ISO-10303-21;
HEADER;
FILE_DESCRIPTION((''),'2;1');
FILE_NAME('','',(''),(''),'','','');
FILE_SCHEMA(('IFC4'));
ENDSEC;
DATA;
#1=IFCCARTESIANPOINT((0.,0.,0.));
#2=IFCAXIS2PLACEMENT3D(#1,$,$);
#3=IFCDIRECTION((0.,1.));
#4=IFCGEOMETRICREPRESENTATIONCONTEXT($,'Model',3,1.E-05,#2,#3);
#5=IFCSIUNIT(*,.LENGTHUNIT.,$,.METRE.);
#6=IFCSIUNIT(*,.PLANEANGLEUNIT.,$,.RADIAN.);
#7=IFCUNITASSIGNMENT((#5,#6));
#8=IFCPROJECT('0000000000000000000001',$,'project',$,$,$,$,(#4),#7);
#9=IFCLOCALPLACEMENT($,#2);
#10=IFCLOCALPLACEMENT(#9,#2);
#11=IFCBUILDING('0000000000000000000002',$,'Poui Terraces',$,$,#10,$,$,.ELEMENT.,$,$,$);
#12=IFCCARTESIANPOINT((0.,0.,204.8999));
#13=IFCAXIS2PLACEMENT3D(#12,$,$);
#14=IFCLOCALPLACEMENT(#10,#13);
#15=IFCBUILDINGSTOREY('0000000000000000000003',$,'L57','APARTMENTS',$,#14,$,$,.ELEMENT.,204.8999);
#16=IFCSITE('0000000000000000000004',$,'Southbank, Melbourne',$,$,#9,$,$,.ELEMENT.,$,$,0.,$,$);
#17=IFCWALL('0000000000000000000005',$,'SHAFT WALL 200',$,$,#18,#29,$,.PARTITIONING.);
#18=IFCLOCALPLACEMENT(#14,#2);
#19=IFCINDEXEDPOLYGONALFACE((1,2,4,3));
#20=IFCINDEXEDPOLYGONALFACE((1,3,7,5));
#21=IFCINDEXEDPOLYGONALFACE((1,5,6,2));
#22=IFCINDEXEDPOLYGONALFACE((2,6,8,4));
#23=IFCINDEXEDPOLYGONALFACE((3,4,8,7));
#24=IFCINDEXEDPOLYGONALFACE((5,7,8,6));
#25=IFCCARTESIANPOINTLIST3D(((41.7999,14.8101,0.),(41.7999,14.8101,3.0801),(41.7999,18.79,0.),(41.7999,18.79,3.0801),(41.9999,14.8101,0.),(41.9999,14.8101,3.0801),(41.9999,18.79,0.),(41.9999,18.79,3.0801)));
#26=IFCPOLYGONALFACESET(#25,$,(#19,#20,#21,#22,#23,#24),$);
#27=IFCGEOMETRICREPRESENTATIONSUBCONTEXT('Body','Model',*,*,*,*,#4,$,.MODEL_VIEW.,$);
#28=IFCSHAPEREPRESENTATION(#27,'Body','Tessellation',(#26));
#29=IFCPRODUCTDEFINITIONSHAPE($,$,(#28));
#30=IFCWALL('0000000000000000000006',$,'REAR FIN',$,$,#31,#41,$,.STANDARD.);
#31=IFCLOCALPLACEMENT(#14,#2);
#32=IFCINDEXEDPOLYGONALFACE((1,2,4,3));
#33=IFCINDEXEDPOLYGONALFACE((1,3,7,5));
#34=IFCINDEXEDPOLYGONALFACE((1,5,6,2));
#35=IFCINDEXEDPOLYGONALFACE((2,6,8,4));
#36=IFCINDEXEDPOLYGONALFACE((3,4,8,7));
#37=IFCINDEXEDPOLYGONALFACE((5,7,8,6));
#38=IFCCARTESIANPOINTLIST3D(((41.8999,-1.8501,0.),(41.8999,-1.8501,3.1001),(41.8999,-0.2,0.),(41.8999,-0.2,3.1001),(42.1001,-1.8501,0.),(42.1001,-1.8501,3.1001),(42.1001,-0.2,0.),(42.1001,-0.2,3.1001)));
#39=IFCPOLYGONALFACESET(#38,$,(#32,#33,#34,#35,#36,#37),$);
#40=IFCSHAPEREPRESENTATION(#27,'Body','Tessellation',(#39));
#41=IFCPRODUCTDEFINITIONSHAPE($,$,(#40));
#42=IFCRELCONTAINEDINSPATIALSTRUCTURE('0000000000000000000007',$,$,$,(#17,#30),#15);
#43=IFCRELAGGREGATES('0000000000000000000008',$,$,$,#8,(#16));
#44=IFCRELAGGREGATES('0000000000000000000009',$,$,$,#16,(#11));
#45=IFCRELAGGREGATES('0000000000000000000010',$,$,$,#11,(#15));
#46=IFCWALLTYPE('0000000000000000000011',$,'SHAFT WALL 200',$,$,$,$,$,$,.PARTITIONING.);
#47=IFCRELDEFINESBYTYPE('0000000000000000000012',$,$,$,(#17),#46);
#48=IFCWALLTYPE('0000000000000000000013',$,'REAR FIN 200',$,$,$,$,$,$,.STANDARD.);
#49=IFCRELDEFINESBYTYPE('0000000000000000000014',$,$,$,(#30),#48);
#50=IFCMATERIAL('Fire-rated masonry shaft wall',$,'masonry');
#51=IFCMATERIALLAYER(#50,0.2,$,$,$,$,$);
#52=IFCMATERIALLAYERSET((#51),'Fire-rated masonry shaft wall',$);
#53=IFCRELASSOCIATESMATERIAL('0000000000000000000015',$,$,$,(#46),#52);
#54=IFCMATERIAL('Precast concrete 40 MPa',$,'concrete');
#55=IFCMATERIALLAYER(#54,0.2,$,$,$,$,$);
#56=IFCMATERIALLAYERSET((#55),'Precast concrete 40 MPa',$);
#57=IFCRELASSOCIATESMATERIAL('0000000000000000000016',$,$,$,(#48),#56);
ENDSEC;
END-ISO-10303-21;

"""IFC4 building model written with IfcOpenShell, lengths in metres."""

from ifc_helpers import new_model, si_unit, direction, frame, frame_2d, origin, place, context, subcontext, project, spatial, polyline, rectangle, outline, extrude, source, transform, mapped, material, layer, layer_set, type_object, element, save


model = new_model("IFC4")

# Units and contexts
model_context = context("Model", 3, precision=1e-05, world=origin(), true_north=direction((0.0, 1.0)))
body_context = subcontext(model_context, "Body", "Model", "MODEL_VIEW")
ifc_project = project(units=[si_unit("LENGTHUNIT", "METRE"), si_unit("PLANEANGLEUNIT", "RADIAN")], contexts=[model_context])

# Site, building, storey
site_placement = place(None, origin())
site = spatial("IfcSite", under=ifc_project, at=site_placement, Name="Southbank, Melbourne", CompositionType="ELEMENT", RefElevation=0.0)
building_placement = place(site_placement, origin())
building = spatial("IfcBuilding", under=site, at=building_placement, Name="Poui Terraces", CompositionType="ELEMENT")
storey_placement = place(building_placement, frame((0.0, 0.0, 204.8999)))
storey = spatial("IfcBuildingStorey", under=building, at=storey_placement, Name="L57", Description="APARTMENTS", CompositionType="ELEMENT", Elevation=204.8999)

# Shared definitions
ifc_material_1 = material(Name="Fire-rated masonry shaft wall", Category="masonry")
ifc_layer_1 = layer(ifc_material_1, 0.2)
ifc_layer_set_1 = layer_set([ifc_layer_1], Name="Fire-rated masonry shaft wall")
wall_type_1 = type_object("IfcWallType", Name="SHAFT WALL 200", PredefinedType="PARTITIONING", material=ifc_layer_set_1)

# Walls
wall_1_placement = place(storey_placement, frame((41.8999, 14.8101, 0.0), z_axis=(0.0, 0.0, 1.0), x_axis=(0.0, 1.0, 0.0)))
element("IfcWall", 1, at=wall_1_placement, inside=storey, type_object=wall_type_1, Name="SHAFT WALL 200", PredefinedType="PARTITIONING", context=body_context, shape_type="SweptSolid", body=[
    extrude(rectangle(XDim=3.98, YDim=0.2, at=frame_2d((1.99, 0.0))), origin(), (0.0, 0.0, 1.0), 3.0801),
])
ifc_material_2 = material(Name="Precast concrete 40 MPa", Category="concrete")
ifc_layer_2 = layer(ifc_material_2, 0.2)
ifc_layer_set_2 = layer_set([ifc_layer_2], Name="Precast concrete 40 MPa")
wall_type_2 = type_object("IfcWallType", Name="REAR FIN 200", PredefinedType="STANDARD", material=ifc_layer_set_2)
shared_shape_1 = source(origin(), body_context, "Body", "SweptSolid", [
    extrude(outline(polyline([(0.0, 0.0), (0.2002, 0.0), (0.2002, 1.6501), (0.0, 1.6501), (0.0, 0.0)])), origin(), (0.0, 0.0, 1.0), 3.1001),
])
wall_2_placement = place(storey_placement, frame((41.8999, -1.8501, 0.0)))
element("IfcWall", 2, at=wall_2_placement, inside=storey, type_object=wall_type_2, Name="REAR FIN", PredefinedType="STANDARD", context=body_context, shape_type="MappedRepresentation", body=[
    mapped(shared_shape_1, transform((0.0, 0.0, 0.0))),
])

save(model, "model.ifc")
